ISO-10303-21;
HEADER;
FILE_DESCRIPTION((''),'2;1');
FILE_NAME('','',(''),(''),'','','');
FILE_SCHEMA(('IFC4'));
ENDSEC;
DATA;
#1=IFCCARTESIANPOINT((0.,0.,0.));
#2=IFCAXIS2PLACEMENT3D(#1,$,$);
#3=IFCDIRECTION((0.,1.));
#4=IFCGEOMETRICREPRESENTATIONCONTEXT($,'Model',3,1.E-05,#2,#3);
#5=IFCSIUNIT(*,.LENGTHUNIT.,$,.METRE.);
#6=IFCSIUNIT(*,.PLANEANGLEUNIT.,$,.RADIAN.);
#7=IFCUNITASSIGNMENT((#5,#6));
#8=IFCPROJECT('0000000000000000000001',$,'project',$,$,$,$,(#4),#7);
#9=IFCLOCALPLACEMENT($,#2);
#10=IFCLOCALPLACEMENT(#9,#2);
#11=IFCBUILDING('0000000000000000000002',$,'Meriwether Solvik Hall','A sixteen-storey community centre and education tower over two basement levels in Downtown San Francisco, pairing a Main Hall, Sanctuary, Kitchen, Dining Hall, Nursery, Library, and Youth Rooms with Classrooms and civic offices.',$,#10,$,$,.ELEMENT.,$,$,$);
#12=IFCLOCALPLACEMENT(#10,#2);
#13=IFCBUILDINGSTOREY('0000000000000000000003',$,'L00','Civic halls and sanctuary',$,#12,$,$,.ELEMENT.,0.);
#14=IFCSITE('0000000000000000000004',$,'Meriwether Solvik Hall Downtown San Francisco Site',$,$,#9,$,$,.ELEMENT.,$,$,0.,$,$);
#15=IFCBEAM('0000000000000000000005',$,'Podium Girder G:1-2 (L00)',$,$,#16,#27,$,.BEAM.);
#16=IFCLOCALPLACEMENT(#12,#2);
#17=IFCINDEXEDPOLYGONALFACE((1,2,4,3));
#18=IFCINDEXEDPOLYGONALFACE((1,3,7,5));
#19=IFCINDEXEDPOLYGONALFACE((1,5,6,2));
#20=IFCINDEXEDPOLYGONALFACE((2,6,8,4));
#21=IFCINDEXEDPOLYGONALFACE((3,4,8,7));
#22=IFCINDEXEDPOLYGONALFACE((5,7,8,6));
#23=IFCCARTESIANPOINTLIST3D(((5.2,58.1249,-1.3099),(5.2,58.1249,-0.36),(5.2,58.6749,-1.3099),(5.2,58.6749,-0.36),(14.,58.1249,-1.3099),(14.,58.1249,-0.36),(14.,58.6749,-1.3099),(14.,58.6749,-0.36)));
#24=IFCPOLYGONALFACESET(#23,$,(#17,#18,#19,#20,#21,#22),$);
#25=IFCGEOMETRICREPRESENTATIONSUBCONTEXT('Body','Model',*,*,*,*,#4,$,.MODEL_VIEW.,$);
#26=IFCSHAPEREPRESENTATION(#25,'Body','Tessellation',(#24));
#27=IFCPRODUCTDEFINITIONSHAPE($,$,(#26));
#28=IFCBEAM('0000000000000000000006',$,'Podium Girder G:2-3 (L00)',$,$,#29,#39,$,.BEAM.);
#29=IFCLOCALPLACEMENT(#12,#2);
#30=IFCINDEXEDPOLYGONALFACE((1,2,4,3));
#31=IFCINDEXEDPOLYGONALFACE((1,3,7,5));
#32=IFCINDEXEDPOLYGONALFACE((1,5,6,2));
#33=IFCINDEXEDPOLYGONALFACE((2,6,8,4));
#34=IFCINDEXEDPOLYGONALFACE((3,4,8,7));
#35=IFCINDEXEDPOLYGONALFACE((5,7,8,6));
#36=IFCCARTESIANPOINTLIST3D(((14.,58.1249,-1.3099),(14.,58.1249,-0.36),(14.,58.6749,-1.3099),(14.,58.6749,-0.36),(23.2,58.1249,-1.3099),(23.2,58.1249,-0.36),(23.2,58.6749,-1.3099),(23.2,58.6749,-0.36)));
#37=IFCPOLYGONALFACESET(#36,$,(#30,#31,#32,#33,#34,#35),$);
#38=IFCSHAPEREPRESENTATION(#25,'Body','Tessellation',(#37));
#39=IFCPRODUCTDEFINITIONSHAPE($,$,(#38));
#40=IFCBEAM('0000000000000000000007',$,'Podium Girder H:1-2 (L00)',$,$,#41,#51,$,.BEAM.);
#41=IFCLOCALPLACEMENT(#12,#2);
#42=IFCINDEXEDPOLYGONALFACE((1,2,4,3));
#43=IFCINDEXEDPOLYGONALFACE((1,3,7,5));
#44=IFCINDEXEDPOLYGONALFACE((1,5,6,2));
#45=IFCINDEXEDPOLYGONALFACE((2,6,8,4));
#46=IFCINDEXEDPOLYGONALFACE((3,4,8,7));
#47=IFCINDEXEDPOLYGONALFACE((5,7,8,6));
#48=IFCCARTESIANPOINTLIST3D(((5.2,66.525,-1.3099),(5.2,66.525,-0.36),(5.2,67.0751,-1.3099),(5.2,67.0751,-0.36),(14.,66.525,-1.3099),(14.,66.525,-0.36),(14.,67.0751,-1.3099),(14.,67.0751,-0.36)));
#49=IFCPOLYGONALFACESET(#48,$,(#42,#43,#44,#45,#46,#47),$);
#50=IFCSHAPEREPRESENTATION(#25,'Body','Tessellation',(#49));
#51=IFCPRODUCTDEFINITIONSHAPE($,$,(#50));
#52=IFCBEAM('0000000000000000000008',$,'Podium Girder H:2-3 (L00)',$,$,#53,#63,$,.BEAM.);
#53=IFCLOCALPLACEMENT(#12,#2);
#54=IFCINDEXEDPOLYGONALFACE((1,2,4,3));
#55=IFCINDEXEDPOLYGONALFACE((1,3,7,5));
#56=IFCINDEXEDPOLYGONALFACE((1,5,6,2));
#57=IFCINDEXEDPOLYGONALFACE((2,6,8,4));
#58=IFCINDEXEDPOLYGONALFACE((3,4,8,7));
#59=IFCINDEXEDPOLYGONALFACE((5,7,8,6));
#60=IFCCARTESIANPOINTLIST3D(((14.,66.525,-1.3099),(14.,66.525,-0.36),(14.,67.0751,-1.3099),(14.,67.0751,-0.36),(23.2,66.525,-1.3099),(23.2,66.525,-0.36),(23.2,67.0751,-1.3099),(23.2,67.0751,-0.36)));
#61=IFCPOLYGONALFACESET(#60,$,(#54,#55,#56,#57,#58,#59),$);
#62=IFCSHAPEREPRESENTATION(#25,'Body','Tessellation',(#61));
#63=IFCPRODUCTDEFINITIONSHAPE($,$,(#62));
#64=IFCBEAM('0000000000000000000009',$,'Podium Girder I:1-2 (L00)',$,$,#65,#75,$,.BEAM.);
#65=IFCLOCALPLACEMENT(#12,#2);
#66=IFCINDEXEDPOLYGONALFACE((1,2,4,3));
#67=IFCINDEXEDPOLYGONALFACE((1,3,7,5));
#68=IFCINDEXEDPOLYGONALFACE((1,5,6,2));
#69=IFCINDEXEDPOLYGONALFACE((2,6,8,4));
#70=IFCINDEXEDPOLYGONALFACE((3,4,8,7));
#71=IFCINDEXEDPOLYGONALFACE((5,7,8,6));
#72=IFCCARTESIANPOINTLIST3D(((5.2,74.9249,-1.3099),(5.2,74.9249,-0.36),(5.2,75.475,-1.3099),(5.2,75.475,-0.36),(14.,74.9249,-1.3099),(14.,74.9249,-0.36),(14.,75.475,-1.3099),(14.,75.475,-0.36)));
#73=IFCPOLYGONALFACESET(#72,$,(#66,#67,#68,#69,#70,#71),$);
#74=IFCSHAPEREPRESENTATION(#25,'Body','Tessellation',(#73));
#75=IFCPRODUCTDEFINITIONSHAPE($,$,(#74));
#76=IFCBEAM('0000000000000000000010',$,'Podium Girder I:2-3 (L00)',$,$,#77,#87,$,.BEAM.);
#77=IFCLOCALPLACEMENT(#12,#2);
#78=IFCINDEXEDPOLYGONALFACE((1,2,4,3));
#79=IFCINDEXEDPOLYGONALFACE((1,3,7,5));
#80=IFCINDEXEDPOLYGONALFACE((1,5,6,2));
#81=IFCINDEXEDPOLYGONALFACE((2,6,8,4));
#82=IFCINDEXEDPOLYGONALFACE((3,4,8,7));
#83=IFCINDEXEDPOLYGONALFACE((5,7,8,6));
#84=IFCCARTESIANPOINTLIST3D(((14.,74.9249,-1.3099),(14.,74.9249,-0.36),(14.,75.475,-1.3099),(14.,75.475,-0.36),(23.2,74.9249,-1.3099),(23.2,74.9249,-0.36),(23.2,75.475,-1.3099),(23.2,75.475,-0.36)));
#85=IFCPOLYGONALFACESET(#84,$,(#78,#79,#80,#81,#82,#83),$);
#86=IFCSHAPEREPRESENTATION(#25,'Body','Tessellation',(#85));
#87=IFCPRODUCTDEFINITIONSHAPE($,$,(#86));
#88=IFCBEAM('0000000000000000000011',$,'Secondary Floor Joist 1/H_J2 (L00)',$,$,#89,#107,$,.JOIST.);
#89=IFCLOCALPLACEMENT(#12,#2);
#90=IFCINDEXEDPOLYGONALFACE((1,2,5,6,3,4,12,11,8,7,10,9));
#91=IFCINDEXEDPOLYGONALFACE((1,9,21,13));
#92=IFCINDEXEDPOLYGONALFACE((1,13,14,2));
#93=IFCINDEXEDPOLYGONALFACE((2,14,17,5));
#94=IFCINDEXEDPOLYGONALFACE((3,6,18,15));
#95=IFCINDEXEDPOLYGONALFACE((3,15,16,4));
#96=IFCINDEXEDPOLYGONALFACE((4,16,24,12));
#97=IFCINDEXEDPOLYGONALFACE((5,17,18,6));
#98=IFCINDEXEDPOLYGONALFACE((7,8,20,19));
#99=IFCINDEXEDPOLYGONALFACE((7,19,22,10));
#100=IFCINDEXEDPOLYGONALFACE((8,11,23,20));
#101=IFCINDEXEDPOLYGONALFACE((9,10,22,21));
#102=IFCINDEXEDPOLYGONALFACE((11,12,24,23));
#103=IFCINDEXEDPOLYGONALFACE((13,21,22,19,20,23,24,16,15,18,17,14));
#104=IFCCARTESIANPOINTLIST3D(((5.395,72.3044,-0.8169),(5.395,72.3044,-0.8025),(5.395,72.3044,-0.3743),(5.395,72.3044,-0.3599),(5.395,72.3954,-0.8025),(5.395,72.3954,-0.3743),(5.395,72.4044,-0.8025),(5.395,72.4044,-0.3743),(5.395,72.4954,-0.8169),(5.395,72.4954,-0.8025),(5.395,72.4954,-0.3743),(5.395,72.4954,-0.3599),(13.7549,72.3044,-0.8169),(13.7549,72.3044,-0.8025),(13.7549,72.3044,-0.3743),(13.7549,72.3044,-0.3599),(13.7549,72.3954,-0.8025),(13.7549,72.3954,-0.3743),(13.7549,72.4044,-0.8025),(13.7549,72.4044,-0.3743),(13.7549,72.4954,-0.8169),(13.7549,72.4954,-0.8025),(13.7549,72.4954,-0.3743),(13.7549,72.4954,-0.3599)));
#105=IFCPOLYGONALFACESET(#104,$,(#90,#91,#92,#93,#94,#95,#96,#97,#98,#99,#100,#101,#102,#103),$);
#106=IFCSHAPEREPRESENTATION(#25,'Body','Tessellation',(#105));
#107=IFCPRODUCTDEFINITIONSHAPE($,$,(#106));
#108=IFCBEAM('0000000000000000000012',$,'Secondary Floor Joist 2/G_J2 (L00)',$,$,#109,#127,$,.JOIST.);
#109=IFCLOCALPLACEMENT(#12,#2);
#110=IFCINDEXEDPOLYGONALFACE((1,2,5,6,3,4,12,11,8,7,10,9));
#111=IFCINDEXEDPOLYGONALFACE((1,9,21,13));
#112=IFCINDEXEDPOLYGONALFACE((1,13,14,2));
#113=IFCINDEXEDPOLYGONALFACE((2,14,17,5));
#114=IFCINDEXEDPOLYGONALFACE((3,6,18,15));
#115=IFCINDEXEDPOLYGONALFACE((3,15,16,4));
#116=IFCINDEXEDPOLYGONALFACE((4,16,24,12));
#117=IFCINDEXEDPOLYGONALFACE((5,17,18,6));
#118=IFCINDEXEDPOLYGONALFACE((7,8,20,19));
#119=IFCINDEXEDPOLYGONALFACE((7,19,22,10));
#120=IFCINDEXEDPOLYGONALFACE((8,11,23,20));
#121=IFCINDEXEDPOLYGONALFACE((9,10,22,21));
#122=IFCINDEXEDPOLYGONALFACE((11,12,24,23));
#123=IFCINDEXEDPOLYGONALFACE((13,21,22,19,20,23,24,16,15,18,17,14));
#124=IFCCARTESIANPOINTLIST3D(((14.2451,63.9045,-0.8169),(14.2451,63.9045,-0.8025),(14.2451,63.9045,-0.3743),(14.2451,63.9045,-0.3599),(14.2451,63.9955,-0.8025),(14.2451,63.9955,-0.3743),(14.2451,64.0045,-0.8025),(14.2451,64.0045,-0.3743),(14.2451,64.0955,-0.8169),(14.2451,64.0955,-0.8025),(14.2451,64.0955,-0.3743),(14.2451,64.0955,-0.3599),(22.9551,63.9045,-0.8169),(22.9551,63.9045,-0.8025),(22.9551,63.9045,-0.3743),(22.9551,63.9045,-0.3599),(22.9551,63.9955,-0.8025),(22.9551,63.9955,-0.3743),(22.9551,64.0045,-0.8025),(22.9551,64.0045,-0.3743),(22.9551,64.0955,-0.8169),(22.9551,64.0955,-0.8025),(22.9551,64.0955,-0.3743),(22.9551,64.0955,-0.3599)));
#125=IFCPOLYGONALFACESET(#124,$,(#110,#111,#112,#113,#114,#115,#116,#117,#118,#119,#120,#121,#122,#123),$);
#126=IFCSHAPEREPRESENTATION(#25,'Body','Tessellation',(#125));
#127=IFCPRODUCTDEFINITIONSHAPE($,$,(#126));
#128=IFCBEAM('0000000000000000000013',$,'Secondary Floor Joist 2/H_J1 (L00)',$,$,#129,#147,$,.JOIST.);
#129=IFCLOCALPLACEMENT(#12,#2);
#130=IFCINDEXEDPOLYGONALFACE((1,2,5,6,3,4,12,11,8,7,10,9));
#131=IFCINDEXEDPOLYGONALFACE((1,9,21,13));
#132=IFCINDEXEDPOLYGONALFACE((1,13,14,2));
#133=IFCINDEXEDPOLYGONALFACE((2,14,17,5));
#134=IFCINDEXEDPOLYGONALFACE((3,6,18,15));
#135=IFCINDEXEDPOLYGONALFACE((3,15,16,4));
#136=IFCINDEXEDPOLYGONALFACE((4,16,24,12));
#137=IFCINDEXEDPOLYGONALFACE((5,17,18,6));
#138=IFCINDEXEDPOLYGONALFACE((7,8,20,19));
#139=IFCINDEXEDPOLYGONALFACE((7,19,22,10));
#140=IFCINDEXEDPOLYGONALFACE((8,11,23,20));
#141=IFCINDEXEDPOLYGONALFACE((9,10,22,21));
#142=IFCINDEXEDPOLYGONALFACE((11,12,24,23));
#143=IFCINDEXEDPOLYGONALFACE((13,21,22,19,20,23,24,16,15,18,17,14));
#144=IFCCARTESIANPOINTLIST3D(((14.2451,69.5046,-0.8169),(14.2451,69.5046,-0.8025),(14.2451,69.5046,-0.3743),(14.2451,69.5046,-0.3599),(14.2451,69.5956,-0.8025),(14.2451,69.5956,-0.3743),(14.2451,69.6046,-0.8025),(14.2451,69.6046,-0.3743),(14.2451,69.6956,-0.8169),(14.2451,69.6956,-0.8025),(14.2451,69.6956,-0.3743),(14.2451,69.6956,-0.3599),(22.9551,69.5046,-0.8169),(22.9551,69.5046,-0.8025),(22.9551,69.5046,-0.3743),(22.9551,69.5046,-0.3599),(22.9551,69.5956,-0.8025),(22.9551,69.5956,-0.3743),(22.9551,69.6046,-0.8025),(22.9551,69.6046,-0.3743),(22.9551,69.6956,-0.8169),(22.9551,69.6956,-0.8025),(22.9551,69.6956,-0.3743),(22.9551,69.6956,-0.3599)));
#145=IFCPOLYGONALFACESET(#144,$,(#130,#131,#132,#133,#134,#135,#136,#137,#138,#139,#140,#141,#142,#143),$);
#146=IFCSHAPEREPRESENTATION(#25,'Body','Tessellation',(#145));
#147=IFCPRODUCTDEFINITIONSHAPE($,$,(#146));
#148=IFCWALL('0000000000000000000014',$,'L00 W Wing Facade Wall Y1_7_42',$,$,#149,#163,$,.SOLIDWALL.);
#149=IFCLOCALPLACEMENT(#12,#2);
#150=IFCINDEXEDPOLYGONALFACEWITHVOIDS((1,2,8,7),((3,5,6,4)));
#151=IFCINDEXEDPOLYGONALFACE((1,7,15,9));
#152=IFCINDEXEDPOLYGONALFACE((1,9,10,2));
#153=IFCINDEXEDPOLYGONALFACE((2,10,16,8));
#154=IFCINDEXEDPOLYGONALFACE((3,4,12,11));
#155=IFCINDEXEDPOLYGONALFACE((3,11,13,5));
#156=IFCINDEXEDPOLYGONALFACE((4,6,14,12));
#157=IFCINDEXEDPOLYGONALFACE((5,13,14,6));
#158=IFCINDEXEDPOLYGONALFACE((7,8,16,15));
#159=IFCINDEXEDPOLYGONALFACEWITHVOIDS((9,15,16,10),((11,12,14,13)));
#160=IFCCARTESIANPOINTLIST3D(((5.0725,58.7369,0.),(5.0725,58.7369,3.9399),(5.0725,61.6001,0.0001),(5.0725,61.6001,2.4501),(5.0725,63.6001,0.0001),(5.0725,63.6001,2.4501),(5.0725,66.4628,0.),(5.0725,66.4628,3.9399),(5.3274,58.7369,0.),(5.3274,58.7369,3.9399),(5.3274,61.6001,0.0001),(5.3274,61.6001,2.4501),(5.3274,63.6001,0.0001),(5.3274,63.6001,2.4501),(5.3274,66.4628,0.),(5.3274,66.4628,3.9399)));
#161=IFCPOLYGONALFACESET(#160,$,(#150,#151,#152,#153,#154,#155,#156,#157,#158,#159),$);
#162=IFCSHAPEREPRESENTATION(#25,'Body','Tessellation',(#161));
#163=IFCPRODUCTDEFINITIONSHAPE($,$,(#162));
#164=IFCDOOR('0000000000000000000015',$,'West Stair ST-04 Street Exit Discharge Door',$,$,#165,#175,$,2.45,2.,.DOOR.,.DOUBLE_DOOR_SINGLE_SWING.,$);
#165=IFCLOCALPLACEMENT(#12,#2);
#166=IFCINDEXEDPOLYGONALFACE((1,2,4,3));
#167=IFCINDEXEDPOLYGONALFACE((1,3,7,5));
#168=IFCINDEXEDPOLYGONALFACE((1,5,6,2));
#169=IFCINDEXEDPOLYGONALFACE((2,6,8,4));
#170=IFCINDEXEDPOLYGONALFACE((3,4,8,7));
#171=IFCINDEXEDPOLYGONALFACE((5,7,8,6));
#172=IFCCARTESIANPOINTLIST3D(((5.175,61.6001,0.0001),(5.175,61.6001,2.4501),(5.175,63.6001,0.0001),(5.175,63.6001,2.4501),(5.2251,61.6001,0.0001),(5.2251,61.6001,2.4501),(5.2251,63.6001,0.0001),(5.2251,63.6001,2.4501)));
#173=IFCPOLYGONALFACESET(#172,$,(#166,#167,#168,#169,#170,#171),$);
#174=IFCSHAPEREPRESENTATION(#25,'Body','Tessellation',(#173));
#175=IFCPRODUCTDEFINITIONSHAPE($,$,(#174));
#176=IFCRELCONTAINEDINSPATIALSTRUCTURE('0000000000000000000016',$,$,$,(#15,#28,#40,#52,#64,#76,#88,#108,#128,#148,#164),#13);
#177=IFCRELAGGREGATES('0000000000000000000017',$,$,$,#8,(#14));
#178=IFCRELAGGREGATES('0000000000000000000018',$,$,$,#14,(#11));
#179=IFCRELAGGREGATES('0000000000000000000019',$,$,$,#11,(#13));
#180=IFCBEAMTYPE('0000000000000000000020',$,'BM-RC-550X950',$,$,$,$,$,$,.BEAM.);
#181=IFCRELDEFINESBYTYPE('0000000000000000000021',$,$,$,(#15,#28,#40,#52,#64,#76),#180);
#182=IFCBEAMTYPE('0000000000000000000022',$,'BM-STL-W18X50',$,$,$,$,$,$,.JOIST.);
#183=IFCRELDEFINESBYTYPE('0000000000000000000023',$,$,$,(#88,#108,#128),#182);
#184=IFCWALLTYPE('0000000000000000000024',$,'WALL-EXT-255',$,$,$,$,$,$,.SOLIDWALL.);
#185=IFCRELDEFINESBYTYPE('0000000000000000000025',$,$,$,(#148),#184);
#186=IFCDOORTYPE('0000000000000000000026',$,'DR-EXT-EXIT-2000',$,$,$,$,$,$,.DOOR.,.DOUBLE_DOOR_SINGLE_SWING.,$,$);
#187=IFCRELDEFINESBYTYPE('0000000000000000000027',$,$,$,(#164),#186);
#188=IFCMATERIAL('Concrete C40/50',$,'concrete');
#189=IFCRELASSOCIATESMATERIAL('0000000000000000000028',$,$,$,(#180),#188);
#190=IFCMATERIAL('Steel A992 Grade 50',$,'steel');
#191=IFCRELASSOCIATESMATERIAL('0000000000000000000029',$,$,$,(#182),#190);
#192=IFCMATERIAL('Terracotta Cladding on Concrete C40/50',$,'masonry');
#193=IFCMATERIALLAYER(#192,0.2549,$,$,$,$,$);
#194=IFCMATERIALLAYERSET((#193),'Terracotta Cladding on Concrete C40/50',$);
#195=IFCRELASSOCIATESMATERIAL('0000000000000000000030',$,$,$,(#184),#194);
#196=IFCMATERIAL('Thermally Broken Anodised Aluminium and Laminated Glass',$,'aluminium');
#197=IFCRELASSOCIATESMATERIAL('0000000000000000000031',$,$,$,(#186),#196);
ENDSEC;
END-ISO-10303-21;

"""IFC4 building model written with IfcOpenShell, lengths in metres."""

from ifc_helpers import new_model, si_unit, direction, frame, frame_2d, origin, origin_2d, place, context, subcontext, project, spatial, rectangle, i_section, extrude, material, layer, layer_set, material_profile, profile_set, type_object, element, fill, save


model = new_model("IFC4")

# Units and contexts
model_context = context("Model", 3, precision=1e-05, world=origin(), true_north=direction((0.0, 1.0)))
body_context = subcontext(model_context, "Body", "Model", "MODEL_VIEW")
ifc_project = project(units=[si_unit("LENGTHUNIT", "METRE"), si_unit("PLANEANGLEUNIT", "RADIAN")], contexts=[model_context])

# Site, building, storey
site_placement = place(None, origin())
site = spatial("IfcSite", under=ifc_project, at=site_placement, Name="Meriwether Solvik Hall Downtown San Francisco Site", CompositionType="ELEMENT", RefElevation=0.0)
building_placement = place(site_placement, origin())
building = spatial("IfcBuilding", under=site, at=building_placement, Name="Meriwether Solvik Hall", Description="A sixteen-storey community centre and education tower over two basement levels in Downtown San Francisco, pairing a Main Hall, Sanctuary, Kitchen, Dining Hall, Nursery, Library, and Youth Rooms with Classrooms and civic offices.", CompositionType="ELEMENT")
storey_placement = place(building_placement, origin())
storey = spatial("IfcBuildingStorey", under=building, at=storey_placement, Name="L00", Description="Civic halls and sanctuary", CompositionType="ELEMENT", Elevation=0.0)

# Beams
ifc_material_1 = material(Name="Concrete C40/50", Category="concrete")
ifc_material_profile_1 = material_profile(ifc_material_1, rectangle(XDim=0.55, YDim=0.95, at=origin_2d()), Name="RCB-550X950")
ifc_profile_set_1 = profile_set([ifc_material_profile_1], Name="Concrete C40/50")
beam_type_1 = type_object("IfcBeamType", Name="BM-RC-550X950", PredefinedType="BEAM", material=ifc_profile_set_1)
beam_1_placement = place(storey_placement, frame((5.2, 58.3999, -0.835), z_axis=(1.0, 0.0, 0.0), x_axis=(0.0, 1.0, 0.0)))
element("IfcBeam", 1, at=beam_1_placement, inside=storey, type_object=beam_type_1, Name="Podium Girder G:1-2 (L00)", PredefinedType="BEAM", context=body_context, shape_type="SweptSolid", body=[
    extrude(rectangle(XDim=0.55, YDim=0.95, at=origin_2d()), origin(), (0.0, 0.0, 1.0), 8.8),
])
beam_2_placement = place(storey_placement, frame((14.0, 58.3999, -0.835), z_axis=(1.0, 0.0, 0.0), x_axis=(0.0, 1.0, 0.0)))
element("IfcBeam", 2, at=beam_2_placement, inside=storey, type_object=beam_type_1, Name="Podium Girder G:2-3 (L00)", PredefinedType="BEAM", context=body_context, shape_type="SweptSolid", body=[
    extrude(rectangle(XDim=0.55, YDim=0.95, at=origin_2d()), origin(), (0.0, 0.0, 1.0), 9.2),
])
beam_3_placement = place(storey_placement, frame((5.2, 66.8, -0.835), z_axis=(1.0, 0.0, 0.0), x_axis=(0.0, 1.0, 0.0)))
element("IfcBeam", 3, at=beam_3_placement, inside=storey, type_object=beam_type_1, Name="Podium Girder H:1-2 (L00)", PredefinedType="BEAM", context=body_context, shape_type="SweptSolid", body=[
    extrude(rectangle(XDim=0.55, YDim=0.95, at=origin_2d()), origin(), (0.0, 0.0, 1.0), 8.8),
])
beam_4_placement = place(storey_placement, frame((14.0, 66.8, -0.835), z_axis=(1.0, 0.0, 0.0), x_axis=(0.0, 1.0, 0.0)))
element("IfcBeam", 4, at=beam_4_placement, inside=storey, type_object=beam_type_1, Name="Podium Girder H:2-3 (L00)", PredefinedType="BEAM", context=body_context, shape_type="SweptSolid", body=[
    extrude(rectangle(XDim=0.55, YDim=0.95, at=origin_2d()), origin(), (0.0, 0.0, 1.0), 9.2),
])
beam_5_placement = place(storey_placement, frame((5.2, 75.2, -0.835), z_axis=(1.0, 0.0, 0.0), x_axis=(0.0, 1.0, 0.0)))
element("IfcBeam", 5, at=beam_5_placement, inside=storey, type_object=beam_type_1, Name="Podium Girder I:1-2 (L00)", PredefinedType="BEAM", context=body_context, shape_type="SweptSolid", body=[
    extrude(rectangle(XDim=0.55, YDim=0.95, at=origin_2d()), origin(), (0.0, 0.0, 1.0), 8.8),
])
beam_6_placement = place(storey_placement, frame((14.0, 75.2, -0.835), z_axis=(1.0, 0.0, 0.0), x_axis=(0.0, 1.0, 0.0)))
element("IfcBeam", 6, at=beam_6_placement, inside=storey, type_object=beam_type_1, Name="Podium Girder I:2-3 (L00)", PredefinedType="BEAM", context=body_context, shape_type="SweptSolid", body=[
    extrude(rectangle(XDim=0.55, YDim=0.95, at=origin_2d()), origin(), (0.0, 0.0, 1.0), 9.2),
])
ifc_material_2 = material(Name="Steel A992 Grade 50", Category="steel")
ifc_material_profile_2 = material_profile(ifc_material_2, i_section(OverallWidth=0.1909, OverallDepth=0.457, WebThickness=0.009, FlangeThickness=0.0144, at=origin_2d()), Name="W18X50")
ifc_profile_set_2 = profile_set([ifc_material_profile_2], Name="Steel A992 Grade 50")
beam_type_2 = type_object("IfcBeamType", Name="BM-STL-W18X50", PredefinedType="JOIST", material=ifc_profile_set_2)
beam_7_placement = place(storey_placement, frame((5.395, 72.3999, -0.5884), z_axis=(1.0, 0.0, 0.0), x_axis=(0.0, 1.0, 0.0)))
element("IfcBeam", 7, at=beam_7_placement, inside=storey, type_object=beam_type_2, Name="Secondary Floor Joist 1/H_J2 (L00)", PredefinedType="JOIST", context=body_context, shape_type="SweptSolid", body=[
    extrude(i_section(OverallWidth=0.1909, OverallDepth=0.457, WebThickness=0.009, FlangeThickness=0.0144, at=origin_2d()), origin(), (0.0, 0.0, 1.0), 8.3599),
])
for number, where, z_axis, x_axis, name in (
    (8, (14.2451, 64.0, -0.5884), (1.0, 0.0, 0.0), (0.0, 1.0, 0.0), "Secondary Floor Joist 2/G_J2 (L00)"),
    (9, (14.2451, 69.6001, -0.5884), (1.0, 0.0, 0.0), (0.0, 1.0, 0.0), "Secondary Floor Joist 2/H_J1 (L00)"),
):
    element("IfcBeam", number, at=place(storey_placement, frame(where, z_axis=z_axis, x_axis=x_axis)), inside=storey, type_object=beam_type_2, Name=name, PredefinedType="JOIST", context=body_context, shape_type="SweptSolid", body=[
        extrude(i_section(OverallWidth=0.1909, OverallDepth=0.457, WebThickness=0.009, FlangeThickness=0.0144, at=origin_2d()), origin(), (0.0, 0.0, 1.0), 8.71),
    ])

# Wall, opening, door
ifc_material_3 = material(Name="Terracotta Cladding on Concrete C40/50", Category="masonry")
ifc_layer = layer(ifc_material_3, 0.2549)
ifc_layer_set = layer_set([ifc_layer], Name="Terracotta Cladding on Concrete C40/50")
wall_type = type_object("IfcWallType", Name="WALL-EXT-255", PredefinedType="SOLIDWALL", material=ifc_layer_set)
wall_1_placement = place(storey_placement, frame((5.2, 58.7371, 0.0), z_axis=(0.0, 0.0, 1.0), x_axis=(0.0, 1.0, 0.0)))
wall_1 = element("IfcWall", 10, at=wall_1_placement, inside=storey, type_object=wall_type, Name="L00 W Wing Facade Wall Y1_7_42", PredefinedType="SOLIDWALL", context=body_context, shape_type="SweptSolid", body=[
    extrude(rectangle(XDim=7.7258, YDim=0.2549, at=frame_2d((3.8628, 0.0))), origin(), (0.0, 0.0, 1.0), 3.9399),
])
opening_1_placement = place(wall_1_placement, frame((2.863, 0.0, 0.0)))
opening_1 = element("IfcOpeningElement", 11, at=opening_1_placement, cuts=wall_1, PredefinedType="OPENING", context=body_context, shape_type="SweptSolid", body=[
    extrude(rectangle(XDim=2.0, YDim=2.45, at=frame_2d((1.0, 1.2251))), frame((0.0, 0.1394, 0.0), z_axis=(0.0, -1.0, 0.0), x_axis=(1.0, 0.0, 0.0)), (0.0, 0.0, 1.0), 0.2788),
])
ifc_material_4 = material(Name="Thermally Broken Anodised Aluminium and Laminated Glass", Category="aluminium")
door_type = type_object("IfcDoorType", Name="DR-EXT-EXIT-2000", OperationType="DOUBLE_DOOR_SINGLE_SWING", PredefinedType="DOOR", material=ifc_material_4)
door_placement = place(opening_1_placement, origin())
door = element("IfcDoor", 12, at=door_placement, inside=storey, type_object=door_type, Name="West Stair ST-04 Street Exit Discharge Door", OperationType="DOUBLE_DOOR_SINGLE_SWING", OverallHeight=2.45, OverallWidth=2.0, PredefinedType="DOOR", context=body_context, shape_type="SweptSolid", body=[
    extrude(rectangle(XDim=2.0, YDim=2.45, at=frame_2d((1.0, 1.2251))), frame((0.0, 0.0249, 0.0), z_axis=(0.0, -1.0, 0.0), x_axis=(1.0, 0.0, 0.0)), (0.0, 0.0, 1.0), 0.05),
])
fill(opening_1, door)

save(model, "model.ifc")
